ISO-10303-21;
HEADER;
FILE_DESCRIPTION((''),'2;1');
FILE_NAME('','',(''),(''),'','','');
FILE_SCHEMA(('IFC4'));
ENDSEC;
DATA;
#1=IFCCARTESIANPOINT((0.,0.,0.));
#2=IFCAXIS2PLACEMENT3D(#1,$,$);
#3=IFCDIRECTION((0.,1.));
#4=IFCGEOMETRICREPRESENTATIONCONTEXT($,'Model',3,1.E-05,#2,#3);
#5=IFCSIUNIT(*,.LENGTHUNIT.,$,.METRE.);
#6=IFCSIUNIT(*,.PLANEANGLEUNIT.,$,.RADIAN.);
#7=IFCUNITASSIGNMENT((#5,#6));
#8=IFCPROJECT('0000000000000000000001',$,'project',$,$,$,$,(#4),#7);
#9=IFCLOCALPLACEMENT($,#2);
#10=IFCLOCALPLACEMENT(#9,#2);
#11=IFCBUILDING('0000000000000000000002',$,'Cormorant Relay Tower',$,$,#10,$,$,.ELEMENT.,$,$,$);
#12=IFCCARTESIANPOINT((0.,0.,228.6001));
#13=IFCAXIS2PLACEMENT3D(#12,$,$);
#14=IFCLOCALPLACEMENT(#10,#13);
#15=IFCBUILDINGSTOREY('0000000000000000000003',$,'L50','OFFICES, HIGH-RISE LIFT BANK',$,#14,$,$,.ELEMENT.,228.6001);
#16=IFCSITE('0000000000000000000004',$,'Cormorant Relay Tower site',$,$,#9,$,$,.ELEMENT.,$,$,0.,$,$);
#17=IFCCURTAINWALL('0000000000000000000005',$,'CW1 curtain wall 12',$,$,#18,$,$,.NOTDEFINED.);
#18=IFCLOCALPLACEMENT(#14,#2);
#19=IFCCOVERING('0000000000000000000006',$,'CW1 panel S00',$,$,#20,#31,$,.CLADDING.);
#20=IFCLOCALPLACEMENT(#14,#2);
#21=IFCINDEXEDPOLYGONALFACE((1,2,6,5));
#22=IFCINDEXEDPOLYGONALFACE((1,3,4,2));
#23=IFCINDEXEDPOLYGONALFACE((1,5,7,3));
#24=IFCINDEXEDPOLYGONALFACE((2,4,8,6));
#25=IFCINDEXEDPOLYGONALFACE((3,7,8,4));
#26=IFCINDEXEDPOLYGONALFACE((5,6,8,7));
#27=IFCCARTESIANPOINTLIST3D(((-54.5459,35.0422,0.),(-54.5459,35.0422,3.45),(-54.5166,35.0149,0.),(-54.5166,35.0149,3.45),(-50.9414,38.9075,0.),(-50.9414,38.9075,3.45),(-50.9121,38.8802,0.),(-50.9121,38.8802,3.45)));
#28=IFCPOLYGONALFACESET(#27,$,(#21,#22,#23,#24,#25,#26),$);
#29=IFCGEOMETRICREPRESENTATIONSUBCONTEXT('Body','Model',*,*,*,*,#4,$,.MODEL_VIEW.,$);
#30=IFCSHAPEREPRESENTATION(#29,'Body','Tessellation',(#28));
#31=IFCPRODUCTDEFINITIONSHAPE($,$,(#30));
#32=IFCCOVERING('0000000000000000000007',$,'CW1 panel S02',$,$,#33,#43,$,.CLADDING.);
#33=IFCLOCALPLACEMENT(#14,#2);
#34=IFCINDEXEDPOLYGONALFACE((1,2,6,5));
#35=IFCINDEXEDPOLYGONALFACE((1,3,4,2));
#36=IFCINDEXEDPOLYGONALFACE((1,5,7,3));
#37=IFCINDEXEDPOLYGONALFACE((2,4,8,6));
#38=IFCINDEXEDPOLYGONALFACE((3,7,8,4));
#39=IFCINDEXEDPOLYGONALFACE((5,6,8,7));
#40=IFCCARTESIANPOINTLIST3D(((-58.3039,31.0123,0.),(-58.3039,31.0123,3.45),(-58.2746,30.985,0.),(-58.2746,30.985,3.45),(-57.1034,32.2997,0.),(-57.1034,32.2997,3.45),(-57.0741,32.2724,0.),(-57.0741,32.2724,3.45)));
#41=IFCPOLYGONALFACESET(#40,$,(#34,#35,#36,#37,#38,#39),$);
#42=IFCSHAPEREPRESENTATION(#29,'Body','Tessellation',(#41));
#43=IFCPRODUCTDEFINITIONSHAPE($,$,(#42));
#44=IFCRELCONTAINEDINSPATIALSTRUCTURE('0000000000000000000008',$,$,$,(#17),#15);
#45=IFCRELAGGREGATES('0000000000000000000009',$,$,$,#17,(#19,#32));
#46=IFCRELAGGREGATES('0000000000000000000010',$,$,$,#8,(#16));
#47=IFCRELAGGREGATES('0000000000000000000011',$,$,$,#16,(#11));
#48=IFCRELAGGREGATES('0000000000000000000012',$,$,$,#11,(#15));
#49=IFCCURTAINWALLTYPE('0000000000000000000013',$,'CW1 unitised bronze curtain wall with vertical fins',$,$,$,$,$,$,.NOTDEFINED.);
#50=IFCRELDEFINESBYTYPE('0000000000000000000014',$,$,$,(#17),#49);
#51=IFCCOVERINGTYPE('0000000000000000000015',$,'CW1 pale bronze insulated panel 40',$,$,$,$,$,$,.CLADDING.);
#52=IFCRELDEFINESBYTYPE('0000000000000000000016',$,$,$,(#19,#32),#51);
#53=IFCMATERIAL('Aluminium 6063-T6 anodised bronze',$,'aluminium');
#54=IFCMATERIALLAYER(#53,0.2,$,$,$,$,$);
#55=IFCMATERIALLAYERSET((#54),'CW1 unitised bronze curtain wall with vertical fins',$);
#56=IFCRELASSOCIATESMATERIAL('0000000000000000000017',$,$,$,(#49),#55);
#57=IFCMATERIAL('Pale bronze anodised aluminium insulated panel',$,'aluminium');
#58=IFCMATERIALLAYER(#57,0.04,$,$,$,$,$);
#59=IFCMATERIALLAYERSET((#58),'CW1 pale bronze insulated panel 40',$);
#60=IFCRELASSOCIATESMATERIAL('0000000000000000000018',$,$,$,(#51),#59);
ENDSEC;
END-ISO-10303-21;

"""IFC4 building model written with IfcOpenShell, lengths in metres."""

from ifc_helpers import new_model, si_unit, direction, frame, origin, origin_2d, place, context, subcontext, project, spatial, rectangle, extrude, material, layer, layer_set, type_object, element, aggregate, save


model = new_model("IFC4")

# Units and contexts
model_context = context("Model", 3, precision=1e-05, world=origin(), true_north=direction((0.0, 1.0)))
body_context = subcontext(model_context, "Body", "Model", "MODEL_VIEW")
ifc_project = project(units=[si_unit("LENGTHUNIT", "METRE"), si_unit("PLANEANGLEUNIT", "RADIAN")], contexts=[model_context])

# Site, building, storey
site_placement = place(None, origin())
site = spatial("IfcSite", under=ifc_project, at=site_placement, Name="Cormorant Relay Tower site", CompositionType="ELEMENT", RefElevation=0.0)
building_placement = place(site_placement, origin())
building = spatial("IfcBuilding", under=site, at=building_placement, Name="Cormorant Relay Tower", CompositionType="ELEMENT")
storey_placement = place(building_placement, frame((0.0, 0.0, 228.6001)))
storey = spatial("IfcBuildingStorey", under=building, at=storey_placement, Name="L50", Description="OFFICES, HIGH-RISE LIFT BANK", CompositionType="ELEMENT", Elevation=228.6001)

# Shared definitions
ifc_material_1 = material(Name="Aluminium 6063-T6 anodised bronze", Category="aluminium")
ifc_layer_1 = layer(ifc_material_1, 0.2)
ifc_layer_set_1 = layer_set([ifc_layer_1], Name="CW1 unitised bronze curtain wall with vertical fins")
curtain_wall_type = type_object("IfcCurtainWallType", Name="CW1 unitised bronze curtain wall with vertical fins", PredefinedType="NOTDEFINED", material=ifc_layer_set_1)

# Curtain wall
curtain_wall_1_placement = place(storey_placement, origin())
curtain_wall_1 = element("IfcCurtainWall", 1, at=curtain_wall_1_placement, inside=storey, type_object=curtain_wall_type, Name="CW1 curtain wall 12", PredefinedType="NOTDEFINED")

# Coverings
ifc_material_2 = material(Name="Pale bronze anodised aluminium insulated panel", Category="aluminium")
ifc_layer_2 = layer(ifc_material_2, 0.04)
ifc_layer_set_2 = layer_set([ifc_layer_2], Name="CW1 pale bronze insulated panel 40")
covering_type = type_object("IfcCoveringType", Name="CW1 pale bronze insulated panel 40", PredefinedType="CLADDING", material=ifc_layer_set_2)
covering_1_placement = place(storey_placement, frame((-52.729, 36.9612, 0.0), z_axis=(0.0, 0.0, 1.0), x_axis=(-0.681998, -0.731354, 0.0)))
covering_1 = element("IfcCovering", 2, at=covering_1_placement, type_object=covering_type, Name="CW1 panel S00", PredefinedType="CLADDING", context=body_context, shape_type="SweptSolid", body=[
    extrude(rectangle(XDim=5.2852, YDim=0.04, at=origin_2d()), origin(), (0.0, 0.0, 1.0), 3.45),
])
covering_2_placement = place(storey_placement, frame((-57.689, 31.6423, 0.0), z_axis=(0.0, 0.0, 1.0), x_axis=(-0.681998, -0.731354, 0.0)))
covering_2 = element("IfcCovering", 3, at=covering_2_placement, type_object=covering_type, Name="CW1 panel S02", PredefinedType="CLADDING", context=body_context, shape_type="SweptSolid", body=[
    extrude(rectangle(XDim=1.7603, YDim=0.04, at=origin_2d()), origin(), (0.0, 0.0, 1.0), 3.45),
])
aggregate(curtain_wall_1, [covering_1, covering_2])

save(model, "model.ifc")
